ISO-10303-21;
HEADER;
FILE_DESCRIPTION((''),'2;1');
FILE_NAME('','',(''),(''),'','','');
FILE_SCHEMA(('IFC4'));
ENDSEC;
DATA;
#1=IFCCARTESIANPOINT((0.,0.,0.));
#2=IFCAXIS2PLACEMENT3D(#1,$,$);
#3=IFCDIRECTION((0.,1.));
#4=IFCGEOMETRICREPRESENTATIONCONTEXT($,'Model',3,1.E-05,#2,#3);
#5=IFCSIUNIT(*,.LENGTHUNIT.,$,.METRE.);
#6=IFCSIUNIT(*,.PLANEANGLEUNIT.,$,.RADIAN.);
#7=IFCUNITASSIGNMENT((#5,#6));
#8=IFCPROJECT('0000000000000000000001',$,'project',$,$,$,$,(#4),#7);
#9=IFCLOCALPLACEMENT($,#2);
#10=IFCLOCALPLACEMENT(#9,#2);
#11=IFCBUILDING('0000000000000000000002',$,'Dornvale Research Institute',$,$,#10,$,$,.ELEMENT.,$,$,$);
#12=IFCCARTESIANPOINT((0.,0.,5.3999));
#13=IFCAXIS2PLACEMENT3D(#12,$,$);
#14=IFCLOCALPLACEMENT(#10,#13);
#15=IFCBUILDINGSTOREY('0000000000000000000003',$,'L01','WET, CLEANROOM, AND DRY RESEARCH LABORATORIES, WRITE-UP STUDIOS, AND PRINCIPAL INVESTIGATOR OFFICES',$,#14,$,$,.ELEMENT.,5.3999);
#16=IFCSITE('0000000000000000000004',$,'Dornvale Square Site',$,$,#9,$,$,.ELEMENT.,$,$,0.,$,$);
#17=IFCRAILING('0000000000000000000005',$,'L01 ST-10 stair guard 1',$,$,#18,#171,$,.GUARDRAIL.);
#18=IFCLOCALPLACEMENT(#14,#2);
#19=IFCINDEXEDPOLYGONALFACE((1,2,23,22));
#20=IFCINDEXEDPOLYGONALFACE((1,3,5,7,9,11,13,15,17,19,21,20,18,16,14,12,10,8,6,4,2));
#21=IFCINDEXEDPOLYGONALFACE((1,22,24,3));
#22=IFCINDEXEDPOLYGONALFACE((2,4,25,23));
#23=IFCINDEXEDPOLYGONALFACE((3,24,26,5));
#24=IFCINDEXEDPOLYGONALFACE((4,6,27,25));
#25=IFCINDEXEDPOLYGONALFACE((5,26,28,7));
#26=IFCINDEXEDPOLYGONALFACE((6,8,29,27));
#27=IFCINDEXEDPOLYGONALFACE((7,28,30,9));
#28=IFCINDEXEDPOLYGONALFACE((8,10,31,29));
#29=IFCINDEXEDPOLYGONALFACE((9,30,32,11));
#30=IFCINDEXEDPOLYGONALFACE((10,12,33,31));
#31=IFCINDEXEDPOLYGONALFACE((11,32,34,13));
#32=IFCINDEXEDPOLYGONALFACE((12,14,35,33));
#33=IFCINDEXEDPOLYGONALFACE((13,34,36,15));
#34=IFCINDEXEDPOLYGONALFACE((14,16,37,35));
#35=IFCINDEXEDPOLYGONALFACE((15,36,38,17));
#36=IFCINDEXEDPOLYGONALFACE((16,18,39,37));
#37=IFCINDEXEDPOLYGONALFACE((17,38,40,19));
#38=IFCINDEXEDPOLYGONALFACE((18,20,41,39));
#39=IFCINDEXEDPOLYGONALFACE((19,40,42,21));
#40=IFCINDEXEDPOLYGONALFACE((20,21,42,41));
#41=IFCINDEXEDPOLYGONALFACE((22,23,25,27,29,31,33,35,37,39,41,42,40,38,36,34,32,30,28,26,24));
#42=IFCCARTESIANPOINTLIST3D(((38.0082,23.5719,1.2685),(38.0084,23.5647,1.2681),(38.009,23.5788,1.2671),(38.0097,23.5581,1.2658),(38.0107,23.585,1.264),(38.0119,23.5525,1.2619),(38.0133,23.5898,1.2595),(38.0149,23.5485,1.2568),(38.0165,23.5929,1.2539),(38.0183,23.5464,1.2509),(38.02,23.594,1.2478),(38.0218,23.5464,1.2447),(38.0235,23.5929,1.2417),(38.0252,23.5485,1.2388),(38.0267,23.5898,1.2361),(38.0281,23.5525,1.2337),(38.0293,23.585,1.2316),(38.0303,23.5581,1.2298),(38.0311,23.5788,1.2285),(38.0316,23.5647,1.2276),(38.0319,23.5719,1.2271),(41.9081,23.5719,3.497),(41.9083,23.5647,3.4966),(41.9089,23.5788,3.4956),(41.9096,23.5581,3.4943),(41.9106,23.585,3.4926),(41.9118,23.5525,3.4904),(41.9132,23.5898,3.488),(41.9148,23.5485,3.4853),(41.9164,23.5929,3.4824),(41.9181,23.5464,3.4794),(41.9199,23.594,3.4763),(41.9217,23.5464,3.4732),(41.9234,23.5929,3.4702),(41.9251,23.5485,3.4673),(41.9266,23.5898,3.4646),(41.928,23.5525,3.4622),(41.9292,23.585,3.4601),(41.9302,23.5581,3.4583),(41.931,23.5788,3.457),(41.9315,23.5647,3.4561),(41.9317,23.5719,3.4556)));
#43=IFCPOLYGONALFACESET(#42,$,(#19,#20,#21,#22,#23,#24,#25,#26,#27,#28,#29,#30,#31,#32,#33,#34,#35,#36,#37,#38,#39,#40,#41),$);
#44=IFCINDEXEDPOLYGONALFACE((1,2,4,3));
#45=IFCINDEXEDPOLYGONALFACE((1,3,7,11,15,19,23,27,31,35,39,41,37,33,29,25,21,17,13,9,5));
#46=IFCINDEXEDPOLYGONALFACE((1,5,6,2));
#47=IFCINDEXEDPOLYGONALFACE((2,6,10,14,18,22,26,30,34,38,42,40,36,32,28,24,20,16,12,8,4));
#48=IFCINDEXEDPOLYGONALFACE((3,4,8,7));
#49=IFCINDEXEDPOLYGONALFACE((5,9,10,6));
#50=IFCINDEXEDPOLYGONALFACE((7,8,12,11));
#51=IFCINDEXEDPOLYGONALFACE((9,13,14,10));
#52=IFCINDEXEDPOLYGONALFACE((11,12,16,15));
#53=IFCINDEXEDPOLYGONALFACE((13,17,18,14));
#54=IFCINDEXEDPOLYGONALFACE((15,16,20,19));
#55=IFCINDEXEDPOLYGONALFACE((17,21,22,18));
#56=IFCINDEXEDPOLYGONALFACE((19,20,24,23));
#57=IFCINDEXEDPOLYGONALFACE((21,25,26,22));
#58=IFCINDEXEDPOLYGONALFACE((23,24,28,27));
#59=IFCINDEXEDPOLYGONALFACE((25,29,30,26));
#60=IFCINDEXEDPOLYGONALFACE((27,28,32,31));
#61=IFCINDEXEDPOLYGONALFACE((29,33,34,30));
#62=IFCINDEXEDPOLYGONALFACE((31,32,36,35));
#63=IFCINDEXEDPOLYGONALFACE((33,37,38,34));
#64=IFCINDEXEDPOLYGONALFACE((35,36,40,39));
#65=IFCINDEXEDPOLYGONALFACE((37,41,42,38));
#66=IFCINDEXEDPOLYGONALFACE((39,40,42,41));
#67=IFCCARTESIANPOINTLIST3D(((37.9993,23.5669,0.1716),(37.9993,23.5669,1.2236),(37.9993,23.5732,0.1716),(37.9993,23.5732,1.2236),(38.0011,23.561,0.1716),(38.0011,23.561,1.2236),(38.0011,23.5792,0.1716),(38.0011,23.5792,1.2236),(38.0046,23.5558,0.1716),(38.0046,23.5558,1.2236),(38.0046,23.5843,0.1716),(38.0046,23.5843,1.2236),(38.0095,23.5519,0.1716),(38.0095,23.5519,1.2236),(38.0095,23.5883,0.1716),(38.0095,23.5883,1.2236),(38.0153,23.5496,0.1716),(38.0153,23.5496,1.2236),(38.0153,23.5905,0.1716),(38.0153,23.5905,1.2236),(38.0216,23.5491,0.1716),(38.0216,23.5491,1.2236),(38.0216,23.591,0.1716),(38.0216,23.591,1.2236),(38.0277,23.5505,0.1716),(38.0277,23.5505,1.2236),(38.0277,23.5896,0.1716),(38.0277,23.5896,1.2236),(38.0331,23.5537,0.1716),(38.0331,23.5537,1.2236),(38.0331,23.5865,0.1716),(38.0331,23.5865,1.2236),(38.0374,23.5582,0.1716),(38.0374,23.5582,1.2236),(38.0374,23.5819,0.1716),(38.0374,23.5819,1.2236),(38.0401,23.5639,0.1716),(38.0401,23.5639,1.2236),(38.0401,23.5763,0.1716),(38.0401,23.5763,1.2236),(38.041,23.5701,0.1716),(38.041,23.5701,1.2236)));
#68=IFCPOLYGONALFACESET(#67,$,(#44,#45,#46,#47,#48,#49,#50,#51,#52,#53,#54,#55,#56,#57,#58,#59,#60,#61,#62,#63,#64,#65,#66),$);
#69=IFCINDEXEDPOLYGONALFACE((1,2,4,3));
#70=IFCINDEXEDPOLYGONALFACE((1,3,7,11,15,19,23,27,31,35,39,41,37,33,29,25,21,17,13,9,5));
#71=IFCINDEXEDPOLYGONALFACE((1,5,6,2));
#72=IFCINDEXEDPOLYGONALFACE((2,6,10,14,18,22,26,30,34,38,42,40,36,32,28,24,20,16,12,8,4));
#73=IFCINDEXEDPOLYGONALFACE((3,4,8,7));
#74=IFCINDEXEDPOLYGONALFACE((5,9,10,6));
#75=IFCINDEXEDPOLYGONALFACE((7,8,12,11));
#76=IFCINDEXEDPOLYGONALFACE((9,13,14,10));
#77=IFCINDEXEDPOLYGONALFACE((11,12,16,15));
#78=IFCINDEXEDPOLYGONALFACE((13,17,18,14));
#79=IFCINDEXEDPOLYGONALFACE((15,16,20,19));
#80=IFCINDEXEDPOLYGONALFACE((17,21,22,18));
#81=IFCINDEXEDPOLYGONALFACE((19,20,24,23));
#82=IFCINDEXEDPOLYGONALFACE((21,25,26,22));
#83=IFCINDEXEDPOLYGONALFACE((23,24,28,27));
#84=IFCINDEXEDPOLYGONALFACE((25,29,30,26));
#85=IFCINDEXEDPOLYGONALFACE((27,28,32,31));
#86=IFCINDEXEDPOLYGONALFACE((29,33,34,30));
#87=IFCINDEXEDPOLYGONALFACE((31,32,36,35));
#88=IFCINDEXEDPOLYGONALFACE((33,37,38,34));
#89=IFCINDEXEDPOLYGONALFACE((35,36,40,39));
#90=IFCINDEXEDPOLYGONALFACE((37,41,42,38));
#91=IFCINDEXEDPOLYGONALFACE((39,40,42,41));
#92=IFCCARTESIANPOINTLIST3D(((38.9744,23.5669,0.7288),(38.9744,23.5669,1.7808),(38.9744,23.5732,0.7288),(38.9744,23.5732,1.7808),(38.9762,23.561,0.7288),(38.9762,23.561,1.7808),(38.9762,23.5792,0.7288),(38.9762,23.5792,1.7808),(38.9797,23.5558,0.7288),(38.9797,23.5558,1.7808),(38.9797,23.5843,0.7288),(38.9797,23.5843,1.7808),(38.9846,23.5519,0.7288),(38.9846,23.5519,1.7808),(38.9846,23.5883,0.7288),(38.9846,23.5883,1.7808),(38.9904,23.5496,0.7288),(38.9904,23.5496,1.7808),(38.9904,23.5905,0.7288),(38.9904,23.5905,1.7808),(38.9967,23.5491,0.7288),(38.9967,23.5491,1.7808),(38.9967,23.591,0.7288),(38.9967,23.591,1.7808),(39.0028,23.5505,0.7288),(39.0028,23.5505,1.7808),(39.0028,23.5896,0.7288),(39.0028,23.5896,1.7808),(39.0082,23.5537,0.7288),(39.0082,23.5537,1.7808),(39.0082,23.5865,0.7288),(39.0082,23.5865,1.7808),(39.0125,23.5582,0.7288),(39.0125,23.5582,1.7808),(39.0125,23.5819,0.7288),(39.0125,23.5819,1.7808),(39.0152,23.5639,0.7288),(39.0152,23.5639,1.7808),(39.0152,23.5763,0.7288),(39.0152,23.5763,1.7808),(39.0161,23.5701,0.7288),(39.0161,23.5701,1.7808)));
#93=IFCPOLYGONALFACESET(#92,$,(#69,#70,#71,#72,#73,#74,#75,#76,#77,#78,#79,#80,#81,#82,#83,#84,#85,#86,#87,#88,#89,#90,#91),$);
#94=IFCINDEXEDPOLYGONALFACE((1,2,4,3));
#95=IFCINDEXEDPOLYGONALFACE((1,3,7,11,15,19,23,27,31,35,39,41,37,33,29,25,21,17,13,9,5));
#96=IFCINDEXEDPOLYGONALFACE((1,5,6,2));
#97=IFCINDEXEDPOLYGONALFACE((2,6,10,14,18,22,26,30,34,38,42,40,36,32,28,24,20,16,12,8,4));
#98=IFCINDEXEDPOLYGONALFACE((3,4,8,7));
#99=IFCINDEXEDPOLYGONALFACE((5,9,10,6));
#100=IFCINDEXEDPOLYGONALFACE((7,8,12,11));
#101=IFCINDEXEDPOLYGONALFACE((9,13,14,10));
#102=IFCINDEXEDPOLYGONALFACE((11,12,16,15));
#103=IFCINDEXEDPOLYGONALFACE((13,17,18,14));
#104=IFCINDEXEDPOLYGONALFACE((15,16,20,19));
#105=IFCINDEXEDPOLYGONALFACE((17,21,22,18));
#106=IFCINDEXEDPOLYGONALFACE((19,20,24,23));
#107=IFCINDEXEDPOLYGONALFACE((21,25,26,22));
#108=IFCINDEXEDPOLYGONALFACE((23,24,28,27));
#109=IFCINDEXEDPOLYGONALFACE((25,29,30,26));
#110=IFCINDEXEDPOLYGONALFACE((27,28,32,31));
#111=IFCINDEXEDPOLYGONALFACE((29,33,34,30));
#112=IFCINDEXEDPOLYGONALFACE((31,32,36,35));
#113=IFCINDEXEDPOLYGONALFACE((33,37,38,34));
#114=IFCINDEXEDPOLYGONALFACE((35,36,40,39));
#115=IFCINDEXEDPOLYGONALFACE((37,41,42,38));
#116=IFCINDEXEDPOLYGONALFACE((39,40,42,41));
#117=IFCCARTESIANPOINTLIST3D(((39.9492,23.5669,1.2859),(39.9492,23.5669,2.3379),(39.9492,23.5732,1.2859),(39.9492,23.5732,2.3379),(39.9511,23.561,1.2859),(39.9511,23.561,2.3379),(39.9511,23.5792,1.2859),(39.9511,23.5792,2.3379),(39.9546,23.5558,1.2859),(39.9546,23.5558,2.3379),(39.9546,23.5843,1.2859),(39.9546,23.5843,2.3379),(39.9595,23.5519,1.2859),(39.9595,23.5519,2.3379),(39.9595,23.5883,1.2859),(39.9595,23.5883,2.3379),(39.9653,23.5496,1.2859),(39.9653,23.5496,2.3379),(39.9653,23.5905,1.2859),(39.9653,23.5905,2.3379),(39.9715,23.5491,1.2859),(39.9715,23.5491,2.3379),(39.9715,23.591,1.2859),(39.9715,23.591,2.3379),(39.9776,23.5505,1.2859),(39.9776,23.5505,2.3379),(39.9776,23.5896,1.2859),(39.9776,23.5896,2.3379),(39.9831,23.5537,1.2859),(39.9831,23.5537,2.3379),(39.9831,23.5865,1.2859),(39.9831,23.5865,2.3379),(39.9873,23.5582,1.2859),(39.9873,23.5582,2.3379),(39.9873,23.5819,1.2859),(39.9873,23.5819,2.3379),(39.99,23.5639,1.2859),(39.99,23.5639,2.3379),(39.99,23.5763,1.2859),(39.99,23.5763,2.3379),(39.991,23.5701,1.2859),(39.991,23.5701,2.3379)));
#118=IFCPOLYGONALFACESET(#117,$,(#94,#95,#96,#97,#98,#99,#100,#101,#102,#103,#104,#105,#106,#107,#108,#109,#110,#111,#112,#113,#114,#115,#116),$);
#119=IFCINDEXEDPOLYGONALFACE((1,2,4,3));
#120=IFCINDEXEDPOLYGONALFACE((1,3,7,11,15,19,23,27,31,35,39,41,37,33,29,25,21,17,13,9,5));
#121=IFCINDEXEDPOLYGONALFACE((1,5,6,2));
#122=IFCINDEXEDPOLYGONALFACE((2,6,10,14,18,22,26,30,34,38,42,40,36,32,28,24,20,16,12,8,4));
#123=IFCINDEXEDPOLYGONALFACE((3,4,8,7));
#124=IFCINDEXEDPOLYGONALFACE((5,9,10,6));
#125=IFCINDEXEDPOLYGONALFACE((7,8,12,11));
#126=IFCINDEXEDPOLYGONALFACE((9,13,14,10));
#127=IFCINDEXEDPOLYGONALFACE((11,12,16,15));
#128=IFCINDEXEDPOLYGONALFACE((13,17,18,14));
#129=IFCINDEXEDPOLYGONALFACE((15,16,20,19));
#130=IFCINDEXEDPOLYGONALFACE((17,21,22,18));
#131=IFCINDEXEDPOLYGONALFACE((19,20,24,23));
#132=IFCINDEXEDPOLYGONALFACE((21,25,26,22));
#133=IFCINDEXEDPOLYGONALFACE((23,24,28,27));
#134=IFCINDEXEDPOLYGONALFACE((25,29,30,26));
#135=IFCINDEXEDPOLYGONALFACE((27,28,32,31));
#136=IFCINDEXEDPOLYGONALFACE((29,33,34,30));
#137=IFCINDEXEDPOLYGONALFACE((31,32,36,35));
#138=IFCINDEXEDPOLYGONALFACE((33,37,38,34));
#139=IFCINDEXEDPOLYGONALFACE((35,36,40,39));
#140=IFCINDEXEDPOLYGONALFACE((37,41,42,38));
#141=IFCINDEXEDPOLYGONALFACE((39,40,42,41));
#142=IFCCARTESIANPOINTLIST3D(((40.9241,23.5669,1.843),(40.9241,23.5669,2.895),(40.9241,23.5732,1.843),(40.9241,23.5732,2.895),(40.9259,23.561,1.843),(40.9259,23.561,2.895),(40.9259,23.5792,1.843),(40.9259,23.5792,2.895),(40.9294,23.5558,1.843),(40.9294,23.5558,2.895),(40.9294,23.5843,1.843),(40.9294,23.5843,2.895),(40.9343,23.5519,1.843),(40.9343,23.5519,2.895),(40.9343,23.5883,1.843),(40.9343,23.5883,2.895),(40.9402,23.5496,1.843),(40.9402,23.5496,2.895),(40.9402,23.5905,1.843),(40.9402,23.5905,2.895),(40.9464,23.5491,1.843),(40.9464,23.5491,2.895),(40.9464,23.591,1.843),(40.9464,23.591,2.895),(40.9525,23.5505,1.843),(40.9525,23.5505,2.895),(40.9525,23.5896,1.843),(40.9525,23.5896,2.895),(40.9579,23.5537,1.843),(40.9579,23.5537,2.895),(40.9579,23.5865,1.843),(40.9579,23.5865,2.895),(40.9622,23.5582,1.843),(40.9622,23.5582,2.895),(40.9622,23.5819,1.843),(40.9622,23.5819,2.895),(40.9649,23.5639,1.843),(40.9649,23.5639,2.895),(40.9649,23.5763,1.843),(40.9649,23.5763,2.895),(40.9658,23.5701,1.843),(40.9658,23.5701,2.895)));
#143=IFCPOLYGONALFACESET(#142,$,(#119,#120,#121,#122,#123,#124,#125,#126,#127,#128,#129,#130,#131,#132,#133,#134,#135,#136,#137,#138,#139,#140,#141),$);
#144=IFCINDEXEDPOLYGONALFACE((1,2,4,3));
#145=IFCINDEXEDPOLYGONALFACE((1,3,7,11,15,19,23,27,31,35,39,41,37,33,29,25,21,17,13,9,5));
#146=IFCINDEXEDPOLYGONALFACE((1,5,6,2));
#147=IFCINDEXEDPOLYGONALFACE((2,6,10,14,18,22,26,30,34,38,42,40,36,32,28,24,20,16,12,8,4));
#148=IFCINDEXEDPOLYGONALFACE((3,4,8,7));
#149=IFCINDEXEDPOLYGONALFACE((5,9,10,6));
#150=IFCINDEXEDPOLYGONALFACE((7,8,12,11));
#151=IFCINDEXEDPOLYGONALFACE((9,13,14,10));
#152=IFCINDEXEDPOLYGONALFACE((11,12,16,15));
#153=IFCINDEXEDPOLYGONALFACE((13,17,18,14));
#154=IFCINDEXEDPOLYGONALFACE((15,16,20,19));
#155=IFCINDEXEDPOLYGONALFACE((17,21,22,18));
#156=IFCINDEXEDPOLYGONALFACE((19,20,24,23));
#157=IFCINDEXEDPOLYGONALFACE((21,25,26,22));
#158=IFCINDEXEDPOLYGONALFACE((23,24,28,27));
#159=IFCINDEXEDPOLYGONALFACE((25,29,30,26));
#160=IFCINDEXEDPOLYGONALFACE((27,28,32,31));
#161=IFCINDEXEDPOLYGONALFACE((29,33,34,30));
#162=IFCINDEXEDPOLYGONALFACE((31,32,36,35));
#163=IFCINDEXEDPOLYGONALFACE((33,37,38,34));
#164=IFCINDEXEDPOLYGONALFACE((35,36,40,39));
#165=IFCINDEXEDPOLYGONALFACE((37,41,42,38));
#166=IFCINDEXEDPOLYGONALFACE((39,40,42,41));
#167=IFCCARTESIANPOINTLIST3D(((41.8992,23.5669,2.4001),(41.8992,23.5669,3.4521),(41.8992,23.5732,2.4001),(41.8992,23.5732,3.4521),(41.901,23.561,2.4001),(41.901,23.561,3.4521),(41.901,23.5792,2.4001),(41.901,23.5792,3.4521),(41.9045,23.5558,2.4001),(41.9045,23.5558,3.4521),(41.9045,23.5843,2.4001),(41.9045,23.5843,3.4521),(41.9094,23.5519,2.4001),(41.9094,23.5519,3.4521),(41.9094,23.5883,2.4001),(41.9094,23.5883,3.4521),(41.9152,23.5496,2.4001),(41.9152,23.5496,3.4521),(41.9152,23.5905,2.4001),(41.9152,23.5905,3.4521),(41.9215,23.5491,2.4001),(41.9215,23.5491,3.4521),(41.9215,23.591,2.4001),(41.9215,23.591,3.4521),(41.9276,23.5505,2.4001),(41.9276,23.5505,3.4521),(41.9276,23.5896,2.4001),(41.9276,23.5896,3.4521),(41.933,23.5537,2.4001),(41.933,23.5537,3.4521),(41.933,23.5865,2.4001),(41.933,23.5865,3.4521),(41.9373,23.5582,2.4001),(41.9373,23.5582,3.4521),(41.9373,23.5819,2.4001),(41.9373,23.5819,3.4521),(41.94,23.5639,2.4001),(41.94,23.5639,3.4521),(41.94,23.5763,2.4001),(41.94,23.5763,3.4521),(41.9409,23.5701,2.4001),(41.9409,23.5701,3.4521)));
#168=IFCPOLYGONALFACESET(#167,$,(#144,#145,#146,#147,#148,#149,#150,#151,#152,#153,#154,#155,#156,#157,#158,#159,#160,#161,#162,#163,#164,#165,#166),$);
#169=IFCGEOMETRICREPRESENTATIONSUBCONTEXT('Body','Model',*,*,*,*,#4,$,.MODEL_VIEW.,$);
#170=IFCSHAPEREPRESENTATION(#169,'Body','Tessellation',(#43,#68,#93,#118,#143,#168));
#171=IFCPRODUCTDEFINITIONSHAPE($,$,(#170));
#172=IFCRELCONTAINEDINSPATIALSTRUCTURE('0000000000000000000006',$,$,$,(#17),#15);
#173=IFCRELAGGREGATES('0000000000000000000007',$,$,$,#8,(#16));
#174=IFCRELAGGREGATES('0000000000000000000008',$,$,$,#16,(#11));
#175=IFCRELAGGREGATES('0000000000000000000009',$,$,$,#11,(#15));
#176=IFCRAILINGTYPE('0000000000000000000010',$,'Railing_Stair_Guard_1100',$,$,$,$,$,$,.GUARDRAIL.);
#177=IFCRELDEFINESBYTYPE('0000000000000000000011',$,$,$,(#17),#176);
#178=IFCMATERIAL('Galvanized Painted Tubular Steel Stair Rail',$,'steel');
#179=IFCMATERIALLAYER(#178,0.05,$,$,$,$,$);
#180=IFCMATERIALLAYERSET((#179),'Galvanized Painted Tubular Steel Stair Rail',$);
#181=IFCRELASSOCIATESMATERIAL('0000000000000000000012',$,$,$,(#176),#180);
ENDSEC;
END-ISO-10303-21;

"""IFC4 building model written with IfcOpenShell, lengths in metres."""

from ifc_helpers import new_model, si_unit, direction, frame, origin, origin_2d, place, context, subcontext, project, spatial, circle, extrude, material, layer, layer_set, type_object, element, save


model = new_model("IFC4")

# Units and contexts
model_context = context("Model", 3, precision=1e-05, world=origin(), true_north=direction((0.0, 1.0)))
body_context = subcontext(model_context, "Body", "Model", "MODEL_VIEW")
ifc_project = project(units=[si_unit("LENGTHUNIT", "METRE"), si_unit("PLANEANGLEUNIT", "RADIAN")], contexts=[model_context])

# Site, building, storey
site_placement = place(None, origin())
site = spatial("IfcSite", under=ifc_project, at=site_placement, Name="Dornvale Square Site", CompositionType="ELEMENT", RefElevation=0.0)
building_placement = place(site_placement, origin())
building = spatial("IfcBuilding", under=site, at=building_placement, Name="Dornvale Research Institute", CompositionType="ELEMENT")
storey_placement = place(building_placement, frame((0.0, 0.0, 5.3999)))
storey = spatial("IfcBuildingStorey", under=building, at=storey_placement, Name="L01", Description="WET, CLEANROOM, AND DRY RESEARCH LABORATORIES, WRITE-UP STUDIOS, AND PRINCIPAL INVESTIGATOR OFFICES", CompositionType="ELEMENT", Elevation=5.3999)

# Railing
ifc_material_1 = material(Name="Galvanized Painted Tubular Steel Stair Rail", Category="steel")
ifc_layer_1 = layer(ifc_material_1, 0.05)
ifc_layer_set_1 = layer_set([ifc_layer_1], Name="Galvanized Painted Tubular Steel Stair Rail")
railing_type_1 = type_object("IfcRailingType", Name="Railing_Stair_Guard_1100", PredefinedType="GUARDRAIL", material=ifc_layer_set_1)
railing_1_placement = place(storey_placement, frame((38.02, 23.5701, 0.1716)))
element("IfcRailing", 1, at=railing_1_placement, inside=storey, type_object=railing_type_1, Name="L01 ST-10 stair guard 1", PredefinedType="GUARDRAIL", context=body_context, shape_type="SweptSolid", body=[
    extrude(circle(Radius=0.0239, at=origin_2d()), frame((0.0, 0.0, 1.0762), z_axis=(0.868243, 0.0, 0.496139), x_axis=(0.0, 1.0, 0.0)), (0.0, 0.0, 1.0), 4.4917),
    extrude(circle(Radius=0.021, at=origin_2d()), origin(), (0.0, 0.0, 1.0), 1.052),
    extrude(circle(Radius=0.021, at=origin_2d()), frame((0.9751, 0.0, 0.5571)), (0.0, 0.0, 1.0), 1.052),
    extrude(circle(Radius=0.021, at=origin_2d()), frame((1.95, 0.0, 1.1143)), (0.0, 0.0, 1.0), 1.052),
    extrude(circle(Radius=0.021, at=origin_2d()), frame((2.9248, 0.0, 1.6714)), (0.0, 0.0, 1.0), 1.052),
    extrude(circle(Radius=0.021, at=origin_2d()), frame((3.8999, 0.0, 2.2285)), (0.0, 0.0, 1.0), 1.052),
])

save(model, "model.ifc")
